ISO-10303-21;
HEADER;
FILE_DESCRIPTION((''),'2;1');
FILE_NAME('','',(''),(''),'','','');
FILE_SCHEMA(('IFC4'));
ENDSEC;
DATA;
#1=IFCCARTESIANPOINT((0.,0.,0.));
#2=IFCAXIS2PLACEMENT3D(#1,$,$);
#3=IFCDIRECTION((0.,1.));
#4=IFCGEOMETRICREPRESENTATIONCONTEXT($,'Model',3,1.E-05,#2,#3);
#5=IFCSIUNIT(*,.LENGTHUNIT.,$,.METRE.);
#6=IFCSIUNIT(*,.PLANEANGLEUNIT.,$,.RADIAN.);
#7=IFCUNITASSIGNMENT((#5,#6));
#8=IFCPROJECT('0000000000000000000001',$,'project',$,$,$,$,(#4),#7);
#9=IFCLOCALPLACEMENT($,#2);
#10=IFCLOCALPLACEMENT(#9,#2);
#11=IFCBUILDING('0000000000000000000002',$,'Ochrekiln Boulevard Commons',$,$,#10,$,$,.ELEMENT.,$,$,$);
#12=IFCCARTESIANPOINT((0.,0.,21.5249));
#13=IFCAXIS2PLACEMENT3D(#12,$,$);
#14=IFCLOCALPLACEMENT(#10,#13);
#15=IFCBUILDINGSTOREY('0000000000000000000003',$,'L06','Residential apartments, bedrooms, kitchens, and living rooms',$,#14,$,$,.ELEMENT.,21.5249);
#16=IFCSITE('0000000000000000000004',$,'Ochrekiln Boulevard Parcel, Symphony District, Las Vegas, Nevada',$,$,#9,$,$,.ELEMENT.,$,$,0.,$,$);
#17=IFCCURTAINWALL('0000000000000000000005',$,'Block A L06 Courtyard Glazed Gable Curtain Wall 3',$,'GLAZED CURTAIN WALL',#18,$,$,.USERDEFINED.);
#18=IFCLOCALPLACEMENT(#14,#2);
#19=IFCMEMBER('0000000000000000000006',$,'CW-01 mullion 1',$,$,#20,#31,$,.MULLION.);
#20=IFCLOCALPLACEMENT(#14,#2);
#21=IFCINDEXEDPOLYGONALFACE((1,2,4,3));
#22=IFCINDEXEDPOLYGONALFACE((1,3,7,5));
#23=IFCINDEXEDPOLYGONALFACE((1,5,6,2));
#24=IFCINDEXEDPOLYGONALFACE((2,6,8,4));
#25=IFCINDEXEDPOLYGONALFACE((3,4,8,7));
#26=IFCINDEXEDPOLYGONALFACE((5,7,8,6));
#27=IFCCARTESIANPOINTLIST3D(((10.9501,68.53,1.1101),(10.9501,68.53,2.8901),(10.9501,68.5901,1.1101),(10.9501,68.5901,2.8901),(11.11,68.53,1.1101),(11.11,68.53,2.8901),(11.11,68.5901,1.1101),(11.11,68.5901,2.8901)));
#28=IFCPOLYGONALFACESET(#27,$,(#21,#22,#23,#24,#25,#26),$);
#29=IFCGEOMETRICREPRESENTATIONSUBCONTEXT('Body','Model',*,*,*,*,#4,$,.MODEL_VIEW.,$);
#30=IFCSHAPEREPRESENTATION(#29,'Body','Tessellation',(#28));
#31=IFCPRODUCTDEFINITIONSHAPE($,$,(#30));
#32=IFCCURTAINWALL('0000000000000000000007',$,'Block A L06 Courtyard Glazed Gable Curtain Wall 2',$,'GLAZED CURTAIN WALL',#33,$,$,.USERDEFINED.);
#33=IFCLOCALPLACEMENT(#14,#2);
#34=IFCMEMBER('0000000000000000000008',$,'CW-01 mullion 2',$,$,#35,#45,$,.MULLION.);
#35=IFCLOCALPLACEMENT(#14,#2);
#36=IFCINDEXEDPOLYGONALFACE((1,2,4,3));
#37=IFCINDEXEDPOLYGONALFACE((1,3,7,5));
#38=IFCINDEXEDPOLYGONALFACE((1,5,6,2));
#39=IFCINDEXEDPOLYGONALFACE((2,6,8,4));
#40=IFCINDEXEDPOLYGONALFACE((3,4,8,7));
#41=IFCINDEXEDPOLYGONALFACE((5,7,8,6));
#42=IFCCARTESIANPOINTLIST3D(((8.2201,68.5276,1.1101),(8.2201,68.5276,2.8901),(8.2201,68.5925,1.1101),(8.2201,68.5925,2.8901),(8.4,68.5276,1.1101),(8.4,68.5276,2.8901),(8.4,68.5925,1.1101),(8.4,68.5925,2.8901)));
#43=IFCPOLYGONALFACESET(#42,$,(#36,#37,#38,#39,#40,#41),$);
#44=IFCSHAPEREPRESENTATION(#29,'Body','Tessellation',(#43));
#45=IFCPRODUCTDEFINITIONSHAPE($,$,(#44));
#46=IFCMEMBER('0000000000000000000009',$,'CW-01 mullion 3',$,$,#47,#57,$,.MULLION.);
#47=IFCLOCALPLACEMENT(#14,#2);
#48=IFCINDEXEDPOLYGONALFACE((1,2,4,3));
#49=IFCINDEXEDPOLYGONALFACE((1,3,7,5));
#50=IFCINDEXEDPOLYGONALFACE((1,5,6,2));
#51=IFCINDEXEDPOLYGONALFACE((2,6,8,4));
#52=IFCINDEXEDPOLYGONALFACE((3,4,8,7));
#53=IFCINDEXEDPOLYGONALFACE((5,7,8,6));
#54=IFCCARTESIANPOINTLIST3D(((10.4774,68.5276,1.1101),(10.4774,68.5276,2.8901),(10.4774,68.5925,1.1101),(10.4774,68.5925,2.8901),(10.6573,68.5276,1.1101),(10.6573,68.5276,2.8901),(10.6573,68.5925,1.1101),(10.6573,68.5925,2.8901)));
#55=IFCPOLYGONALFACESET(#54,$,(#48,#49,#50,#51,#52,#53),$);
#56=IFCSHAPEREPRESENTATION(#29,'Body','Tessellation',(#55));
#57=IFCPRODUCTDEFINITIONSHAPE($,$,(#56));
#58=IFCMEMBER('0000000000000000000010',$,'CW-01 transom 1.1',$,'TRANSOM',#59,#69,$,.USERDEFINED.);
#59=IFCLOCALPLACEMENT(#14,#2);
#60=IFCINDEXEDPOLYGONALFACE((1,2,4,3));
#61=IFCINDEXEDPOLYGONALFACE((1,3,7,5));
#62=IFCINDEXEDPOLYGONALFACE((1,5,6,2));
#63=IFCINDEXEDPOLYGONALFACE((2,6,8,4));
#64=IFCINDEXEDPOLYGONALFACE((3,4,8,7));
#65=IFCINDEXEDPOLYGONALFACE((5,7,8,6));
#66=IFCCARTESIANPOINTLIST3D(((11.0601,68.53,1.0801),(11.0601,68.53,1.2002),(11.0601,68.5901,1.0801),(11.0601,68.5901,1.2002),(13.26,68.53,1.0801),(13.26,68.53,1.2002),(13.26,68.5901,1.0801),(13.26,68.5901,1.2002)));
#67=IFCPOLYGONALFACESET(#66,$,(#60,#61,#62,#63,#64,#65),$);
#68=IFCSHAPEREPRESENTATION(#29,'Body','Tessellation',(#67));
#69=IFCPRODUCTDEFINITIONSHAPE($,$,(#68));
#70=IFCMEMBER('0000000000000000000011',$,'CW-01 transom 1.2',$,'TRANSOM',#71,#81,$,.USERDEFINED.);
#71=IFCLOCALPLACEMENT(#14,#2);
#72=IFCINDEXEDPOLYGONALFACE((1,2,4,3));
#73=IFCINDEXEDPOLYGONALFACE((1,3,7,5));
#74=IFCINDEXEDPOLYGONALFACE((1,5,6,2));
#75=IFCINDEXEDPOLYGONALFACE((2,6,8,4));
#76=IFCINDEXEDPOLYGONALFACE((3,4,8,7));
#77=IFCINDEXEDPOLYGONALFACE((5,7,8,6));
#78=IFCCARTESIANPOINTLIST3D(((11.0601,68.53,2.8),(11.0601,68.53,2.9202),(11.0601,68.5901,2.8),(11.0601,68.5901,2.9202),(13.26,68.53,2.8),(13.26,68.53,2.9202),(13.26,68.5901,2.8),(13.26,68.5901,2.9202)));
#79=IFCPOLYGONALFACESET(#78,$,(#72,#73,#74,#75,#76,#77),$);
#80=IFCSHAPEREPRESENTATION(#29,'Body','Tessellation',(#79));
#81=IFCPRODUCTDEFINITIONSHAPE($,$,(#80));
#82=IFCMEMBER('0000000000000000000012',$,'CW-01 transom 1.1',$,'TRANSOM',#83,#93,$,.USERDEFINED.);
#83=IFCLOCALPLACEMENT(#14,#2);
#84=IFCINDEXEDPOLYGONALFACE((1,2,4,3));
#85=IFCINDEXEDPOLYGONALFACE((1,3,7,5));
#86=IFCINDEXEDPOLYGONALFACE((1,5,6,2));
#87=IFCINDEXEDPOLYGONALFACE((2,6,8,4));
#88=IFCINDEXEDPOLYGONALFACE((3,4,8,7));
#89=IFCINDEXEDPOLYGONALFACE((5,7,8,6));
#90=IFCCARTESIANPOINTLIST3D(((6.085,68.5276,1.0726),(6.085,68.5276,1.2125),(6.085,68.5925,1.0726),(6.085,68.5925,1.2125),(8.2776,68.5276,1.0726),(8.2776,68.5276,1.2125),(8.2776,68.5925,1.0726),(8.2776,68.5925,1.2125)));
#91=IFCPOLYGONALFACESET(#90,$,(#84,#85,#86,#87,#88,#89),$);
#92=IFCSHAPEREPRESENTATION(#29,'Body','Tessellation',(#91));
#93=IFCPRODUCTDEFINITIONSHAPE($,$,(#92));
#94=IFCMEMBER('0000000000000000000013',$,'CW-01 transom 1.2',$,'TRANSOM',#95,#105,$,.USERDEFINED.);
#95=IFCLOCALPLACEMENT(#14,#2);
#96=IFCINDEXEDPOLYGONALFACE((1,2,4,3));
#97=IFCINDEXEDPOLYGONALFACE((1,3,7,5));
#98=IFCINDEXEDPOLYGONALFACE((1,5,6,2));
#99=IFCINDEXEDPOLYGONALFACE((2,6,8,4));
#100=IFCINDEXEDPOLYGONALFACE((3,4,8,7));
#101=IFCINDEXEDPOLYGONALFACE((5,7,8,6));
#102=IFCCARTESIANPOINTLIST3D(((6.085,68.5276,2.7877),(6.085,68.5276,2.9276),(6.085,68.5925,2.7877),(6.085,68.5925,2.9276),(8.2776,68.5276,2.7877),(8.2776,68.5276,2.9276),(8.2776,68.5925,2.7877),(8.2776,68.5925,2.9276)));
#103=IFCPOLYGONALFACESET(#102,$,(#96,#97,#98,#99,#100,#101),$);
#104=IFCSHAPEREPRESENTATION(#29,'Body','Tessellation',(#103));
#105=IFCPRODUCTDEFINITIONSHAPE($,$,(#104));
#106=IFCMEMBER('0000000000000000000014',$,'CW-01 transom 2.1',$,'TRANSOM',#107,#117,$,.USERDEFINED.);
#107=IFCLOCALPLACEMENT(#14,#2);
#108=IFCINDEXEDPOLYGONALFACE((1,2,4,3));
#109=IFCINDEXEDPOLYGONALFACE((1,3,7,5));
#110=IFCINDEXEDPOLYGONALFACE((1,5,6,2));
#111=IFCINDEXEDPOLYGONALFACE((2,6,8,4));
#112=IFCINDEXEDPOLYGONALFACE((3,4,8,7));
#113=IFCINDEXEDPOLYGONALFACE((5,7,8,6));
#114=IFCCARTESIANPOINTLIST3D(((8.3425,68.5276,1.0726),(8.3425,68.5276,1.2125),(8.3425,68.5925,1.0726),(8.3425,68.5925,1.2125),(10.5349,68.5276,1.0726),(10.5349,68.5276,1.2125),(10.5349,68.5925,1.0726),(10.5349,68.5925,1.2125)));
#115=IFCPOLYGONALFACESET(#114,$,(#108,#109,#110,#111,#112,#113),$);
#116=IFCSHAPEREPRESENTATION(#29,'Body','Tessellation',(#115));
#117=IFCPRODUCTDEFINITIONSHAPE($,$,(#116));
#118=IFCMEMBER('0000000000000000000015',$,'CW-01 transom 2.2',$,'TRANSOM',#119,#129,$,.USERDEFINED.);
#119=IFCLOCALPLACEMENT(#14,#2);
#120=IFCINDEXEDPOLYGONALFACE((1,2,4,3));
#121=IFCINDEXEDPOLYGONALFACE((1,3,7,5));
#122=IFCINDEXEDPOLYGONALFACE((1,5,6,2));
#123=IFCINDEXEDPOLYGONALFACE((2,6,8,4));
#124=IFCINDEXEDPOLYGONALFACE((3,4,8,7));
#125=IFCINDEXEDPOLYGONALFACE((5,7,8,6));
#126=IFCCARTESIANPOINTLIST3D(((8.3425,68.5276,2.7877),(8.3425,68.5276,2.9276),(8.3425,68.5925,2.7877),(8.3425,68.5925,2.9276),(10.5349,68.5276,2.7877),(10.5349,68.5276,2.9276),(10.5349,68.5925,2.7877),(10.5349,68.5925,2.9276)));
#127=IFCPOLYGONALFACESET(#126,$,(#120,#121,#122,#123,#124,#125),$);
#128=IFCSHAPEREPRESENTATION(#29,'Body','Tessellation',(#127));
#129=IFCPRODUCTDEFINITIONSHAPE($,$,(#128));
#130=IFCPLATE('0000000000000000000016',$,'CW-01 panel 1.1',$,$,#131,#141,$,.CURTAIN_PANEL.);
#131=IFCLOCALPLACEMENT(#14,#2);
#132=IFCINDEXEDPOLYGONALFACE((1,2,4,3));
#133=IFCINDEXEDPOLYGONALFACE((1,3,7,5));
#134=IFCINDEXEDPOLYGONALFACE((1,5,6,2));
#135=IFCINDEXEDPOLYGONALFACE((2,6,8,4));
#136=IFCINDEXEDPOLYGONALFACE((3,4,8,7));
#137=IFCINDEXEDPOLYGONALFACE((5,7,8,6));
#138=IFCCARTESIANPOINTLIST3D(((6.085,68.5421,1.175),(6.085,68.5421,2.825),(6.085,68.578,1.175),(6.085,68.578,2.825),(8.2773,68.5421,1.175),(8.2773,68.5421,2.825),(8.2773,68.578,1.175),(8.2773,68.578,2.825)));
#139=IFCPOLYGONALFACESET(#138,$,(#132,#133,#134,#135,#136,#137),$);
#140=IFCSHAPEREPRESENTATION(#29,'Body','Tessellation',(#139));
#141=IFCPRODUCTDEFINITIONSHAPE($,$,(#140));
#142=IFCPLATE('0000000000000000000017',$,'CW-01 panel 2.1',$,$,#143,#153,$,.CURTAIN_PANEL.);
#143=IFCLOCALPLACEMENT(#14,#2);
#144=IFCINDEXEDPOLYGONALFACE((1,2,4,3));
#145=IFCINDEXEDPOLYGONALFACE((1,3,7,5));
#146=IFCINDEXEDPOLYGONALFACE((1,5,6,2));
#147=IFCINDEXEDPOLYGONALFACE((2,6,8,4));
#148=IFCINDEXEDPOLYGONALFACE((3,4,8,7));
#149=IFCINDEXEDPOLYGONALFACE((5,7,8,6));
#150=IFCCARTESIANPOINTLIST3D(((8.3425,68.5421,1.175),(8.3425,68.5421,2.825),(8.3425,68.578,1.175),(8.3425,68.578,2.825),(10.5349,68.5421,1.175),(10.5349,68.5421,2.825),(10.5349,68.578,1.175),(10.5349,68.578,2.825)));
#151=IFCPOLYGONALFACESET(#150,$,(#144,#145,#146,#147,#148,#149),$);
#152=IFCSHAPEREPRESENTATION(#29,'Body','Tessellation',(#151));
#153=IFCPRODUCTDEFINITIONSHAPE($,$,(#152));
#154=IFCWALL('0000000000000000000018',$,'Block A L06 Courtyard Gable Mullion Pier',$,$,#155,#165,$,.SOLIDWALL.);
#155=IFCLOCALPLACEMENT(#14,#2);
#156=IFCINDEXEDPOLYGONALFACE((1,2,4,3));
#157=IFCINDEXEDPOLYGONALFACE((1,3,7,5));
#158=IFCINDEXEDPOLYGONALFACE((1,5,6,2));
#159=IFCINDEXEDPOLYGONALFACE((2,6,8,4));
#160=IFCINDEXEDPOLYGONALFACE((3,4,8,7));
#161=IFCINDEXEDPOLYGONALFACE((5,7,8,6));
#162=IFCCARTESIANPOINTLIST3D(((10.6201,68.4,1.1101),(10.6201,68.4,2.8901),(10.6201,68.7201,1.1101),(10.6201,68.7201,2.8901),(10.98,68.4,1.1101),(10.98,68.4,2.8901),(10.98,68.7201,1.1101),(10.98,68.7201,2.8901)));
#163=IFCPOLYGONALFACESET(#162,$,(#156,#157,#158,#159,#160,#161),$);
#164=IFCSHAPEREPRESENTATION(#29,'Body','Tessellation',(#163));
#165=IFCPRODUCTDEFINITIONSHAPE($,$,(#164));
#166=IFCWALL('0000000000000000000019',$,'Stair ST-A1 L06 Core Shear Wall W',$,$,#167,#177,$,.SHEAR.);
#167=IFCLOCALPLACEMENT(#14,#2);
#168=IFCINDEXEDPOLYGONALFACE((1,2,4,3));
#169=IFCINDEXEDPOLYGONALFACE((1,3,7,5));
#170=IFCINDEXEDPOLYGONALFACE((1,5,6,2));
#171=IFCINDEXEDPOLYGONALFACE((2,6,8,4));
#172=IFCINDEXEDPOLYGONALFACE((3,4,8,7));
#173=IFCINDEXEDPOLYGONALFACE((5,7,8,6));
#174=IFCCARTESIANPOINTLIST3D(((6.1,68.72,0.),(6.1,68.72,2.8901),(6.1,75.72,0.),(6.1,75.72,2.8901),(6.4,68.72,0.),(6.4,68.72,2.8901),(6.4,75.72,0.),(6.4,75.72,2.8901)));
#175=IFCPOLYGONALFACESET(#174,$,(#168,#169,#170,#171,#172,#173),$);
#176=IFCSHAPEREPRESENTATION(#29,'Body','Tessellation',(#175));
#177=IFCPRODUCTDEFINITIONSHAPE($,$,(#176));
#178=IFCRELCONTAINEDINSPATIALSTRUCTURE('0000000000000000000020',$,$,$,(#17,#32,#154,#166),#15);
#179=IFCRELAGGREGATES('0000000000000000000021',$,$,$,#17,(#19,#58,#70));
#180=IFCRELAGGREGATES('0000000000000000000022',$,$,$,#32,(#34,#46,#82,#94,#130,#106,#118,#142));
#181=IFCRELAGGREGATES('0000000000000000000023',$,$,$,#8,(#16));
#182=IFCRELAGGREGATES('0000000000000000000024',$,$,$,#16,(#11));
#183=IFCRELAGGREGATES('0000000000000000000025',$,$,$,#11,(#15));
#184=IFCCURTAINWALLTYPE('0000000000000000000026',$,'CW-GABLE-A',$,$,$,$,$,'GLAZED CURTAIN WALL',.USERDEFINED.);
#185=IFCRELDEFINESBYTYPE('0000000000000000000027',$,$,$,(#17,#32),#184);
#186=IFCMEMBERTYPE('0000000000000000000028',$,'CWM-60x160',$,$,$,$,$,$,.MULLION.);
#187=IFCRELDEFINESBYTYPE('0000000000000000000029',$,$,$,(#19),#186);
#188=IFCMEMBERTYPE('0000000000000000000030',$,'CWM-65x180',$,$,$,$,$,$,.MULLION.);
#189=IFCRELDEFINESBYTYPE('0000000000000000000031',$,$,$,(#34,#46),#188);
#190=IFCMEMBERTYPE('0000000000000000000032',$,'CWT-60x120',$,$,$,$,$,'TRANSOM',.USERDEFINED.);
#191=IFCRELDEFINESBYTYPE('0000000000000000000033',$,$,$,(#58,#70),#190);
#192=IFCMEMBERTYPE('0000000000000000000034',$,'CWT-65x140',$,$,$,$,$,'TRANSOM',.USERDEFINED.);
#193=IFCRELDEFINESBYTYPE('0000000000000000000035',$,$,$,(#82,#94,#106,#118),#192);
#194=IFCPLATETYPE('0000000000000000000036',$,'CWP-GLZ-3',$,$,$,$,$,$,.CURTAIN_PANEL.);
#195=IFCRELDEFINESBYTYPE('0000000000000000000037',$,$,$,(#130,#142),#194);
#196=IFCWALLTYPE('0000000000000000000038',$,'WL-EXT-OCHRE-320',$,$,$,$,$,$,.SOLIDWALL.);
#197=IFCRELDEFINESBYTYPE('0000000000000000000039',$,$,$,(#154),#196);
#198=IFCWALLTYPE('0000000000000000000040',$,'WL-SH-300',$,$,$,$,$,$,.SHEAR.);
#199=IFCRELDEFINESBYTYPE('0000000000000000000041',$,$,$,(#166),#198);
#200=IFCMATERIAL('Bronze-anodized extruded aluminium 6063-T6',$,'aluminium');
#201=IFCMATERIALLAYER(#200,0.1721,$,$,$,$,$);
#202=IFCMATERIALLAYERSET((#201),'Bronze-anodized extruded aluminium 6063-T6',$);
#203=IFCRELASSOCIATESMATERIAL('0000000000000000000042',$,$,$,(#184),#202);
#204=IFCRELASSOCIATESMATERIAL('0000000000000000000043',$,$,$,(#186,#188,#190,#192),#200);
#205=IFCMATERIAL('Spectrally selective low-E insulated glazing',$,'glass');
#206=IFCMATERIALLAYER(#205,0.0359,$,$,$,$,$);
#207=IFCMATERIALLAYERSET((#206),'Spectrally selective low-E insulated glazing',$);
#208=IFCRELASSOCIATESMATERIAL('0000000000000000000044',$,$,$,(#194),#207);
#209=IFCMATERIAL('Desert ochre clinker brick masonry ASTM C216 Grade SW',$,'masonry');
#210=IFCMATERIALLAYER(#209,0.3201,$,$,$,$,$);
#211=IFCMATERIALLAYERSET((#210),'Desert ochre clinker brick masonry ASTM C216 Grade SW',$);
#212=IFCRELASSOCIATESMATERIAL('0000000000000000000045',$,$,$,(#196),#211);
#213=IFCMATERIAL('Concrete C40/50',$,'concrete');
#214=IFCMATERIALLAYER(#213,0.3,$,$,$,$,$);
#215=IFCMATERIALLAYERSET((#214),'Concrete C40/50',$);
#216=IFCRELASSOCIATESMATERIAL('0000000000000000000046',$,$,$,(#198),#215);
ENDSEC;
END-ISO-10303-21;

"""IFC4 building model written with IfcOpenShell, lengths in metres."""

from ifc_helpers import new_model, si_unit, direction, frame, frame_2d, origin, origin_2d, place, context, subcontext, project, spatial, rectangle, extrude, material, layer, layer_set, material_profile, profile_set, type_object, element, aggregate, save


model = new_model("IFC4")

# Units and contexts
model_context = context("Model", 3, precision=1e-05, world=origin(), true_north=direction((0.0, 1.0)))
body_context = subcontext(model_context, "Body", "Model", "MODEL_VIEW")
ifc_project = project(units=[si_unit("LENGTHUNIT", "METRE"), si_unit("PLANEANGLEUNIT", "RADIAN")], contexts=[model_context])

# Site, building, storey
site_placement = place(None, origin())
site = spatial("IfcSite", under=ifc_project, at=site_placement, Name="Ochrekiln Boulevard Parcel, Symphony District, Las Vegas, Nevada", CompositionType="ELEMENT", RefElevation=0.0)
building_placement = place(site_placement, origin())
building = spatial("IfcBuilding", under=site, at=building_placement, Name="Ochrekiln Boulevard Commons", CompositionType="ELEMENT")
storey_placement = place(building_placement, frame((0.0, 0.0, 21.5249)))
storey = spatial("IfcBuildingStorey", under=building, at=storey_placement, Name="L06", Description="Residential apartments, bedrooms, kitchens, and living rooms", CompositionType="ELEMENT", Elevation=21.5249)

# Curtain wall, member
ifc_material_1 = material(Name="Bronze-anodized extruded aluminium 6063-T6", Category="aluminium")
ifc_layer_1 = layer(ifc_material_1, 0.1721)
ifc_layer_set_1 = layer_set([ifc_layer_1], Name="Bronze-anodized extruded aluminium 6063-T6")
curtain_wall_type = type_object("IfcCurtainWallType", Name="CW-GABLE-A", ElementType="GLAZED CURTAIN WALL", PredefinedType="USERDEFINED", material=ifc_layer_set_1)
curtain_wall_1_placement = place(storey_placement, origin())
curtain_wall_1 = element("IfcCurtainWall", 1, at=curtain_wall_1_placement, inside=storey, type_object=curtain_wall_type, Name="Block A L06 Courtyard Glazed Gable Curtain Wall 3", ObjectType="GLAZED CURTAIN WALL", PredefinedType="USERDEFINED")
ifc_material_profile_1 = material_profile(ifc_material_1, rectangle(XDim=0.0601, YDim=0.1599, at=origin_2d()), Name="ALU-MUL-60x160")
ifc_profile_set_1 = profile_set([ifc_material_profile_1], Name="Bronze-anodized extruded aluminium 6063-T6")
member_type_1 = type_object("IfcMemberType", Name="CWM-60x160", PredefinedType="MULLION", material=ifc_profile_set_1)
member_1_placement = place(storey_placement, frame((11.03, 68.5601, 1.1101), z_axis=(0.0, 0.0, 1.0), x_axis=(0.0, 1.0, 0.0)))
member_1 = element("IfcMember", 2, at=member_1_placement, type_object=member_type_1, Name="CW-01 mullion 1", PredefinedType="MULLION", context=body_context, shape_type="SweptSolid", body=[
    extrude(rectangle(XDim=0.0601, YDim=0.1599, at=origin_2d()), origin(), (0.0, 0.0, 1.0), 1.78),
])

# Curtain wall, members
curtain_wall_2_placement = place(storey_placement, origin())
curtain_wall_2 = element("IfcCurtainWall", 3, at=curtain_wall_2_placement, inside=storey, type_object=curtain_wall_type, Name="Block A L06 Courtyard Glazed Gable Curtain Wall 2", ObjectType="GLAZED CURTAIN WALL", PredefinedType="USERDEFINED")
ifc_material_profile_2 = material_profile(ifc_material_1, rectangle(XDim=0.0649, YDim=0.1799, at=origin_2d()), Name="ALU-MUL-65x180")
ifc_profile_set_2 = profile_set([ifc_material_profile_2], Name="Bronze-anodized extruded aluminium 6063-T6")
member_type_2 = type_object("IfcMemberType", Name="CWM-65x180", PredefinedType="MULLION", material=ifc_profile_set_2)
member_2_placement = place(storey_placement, frame((8.3101, 68.5601, 1.1101), z_axis=(0.0, 0.0, 1.0), x_axis=(0.0, 1.0, 0.0)))
member_2 = element("IfcMember", 4, at=member_2_placement, type_object=member_type_2, Name="CW-01 mullion 2", PredefinedType="MULLION", context=body_context, shape_type="SweptSolid", body=[
    extrude(rectangle(XDim=0.0649, YDim=0.1799, at=origin_2d()), origin(), (0.0, 0.0, 1.0), 1.78),
])
member_3_placement = place(storey_placement, frame((10.5674, 68.5601, 1.1101), z_axis=(0.0, 0.0, 1.0), x_axis=(0.0, 1.0, 0.0)))
member_3 = element("IfcMember", 5, at=member_3_placement, type_object=member_type_2, Name="CW-01 mullion 3", PredefinedType="MULLION", context=body_context, shape_type="SweptSolid", body=[
    extrude(rectangle(XDim=0.0649, YDim=0.1799, at=origin_2d()), origin(), (0.0, 0.0, 1.0), 1.78),
])

# Members
ifc_material_profile_3 = material_profile(ifc_material_1, rectangle(XDim=0.0601, YDim=0.1201, at=origin_2d()), Name="ALU-TRN-60x120")
ifc_profile_set_3 = profile_set([ifc_material_profile_3], Name="Bronze-anodized extruded aluminium 6063-T6")
member_type_3 = type_object("IfcMemberType", Name="CWT-60x120", ElementType="TRANSOM", PredefinedType="USERDEFINED", material=ifc_profile_set_3)
member_4_placement = place(storey_placement, frame((11.0601, 68.5601, 1.1401), z_axis=(1.0, 0.0, 0.0), x_axis=(0.0, 1.0, 0.0)))
member_4 = element("IfcMember", 6, at=member_4_placement, type_object=member_type_3, Name="CW-01 transom 1.1", ObjectType="TRANSOM", PredefinedType="USERDEFINED", context=body_context, shape_type="SweptSolid", body=[
    extrude(rectangle(XDim=0.0601, YDim=0.1201, at=origin_2d()), origin(), (0.0, 0.0, 1.0), 2.2),
])
member_5_placement = place(storey_placement, frame((11.0601, 68.5601, 2.8601), z_axis=(1.0, 0.0, 0.0), x_axis=(0.0, 1.0, 0.0)))
member_5 = element("IfcMember", 7, at=member_5_placement, type_object=member_type_3, Name="CW-01 transom 1.2", ObjectType="TRANSOM", PredefinedType="USERDEFINED", context=body_context, shape_type="SweptSolid", body=[
    extrude(rectangle(XDim=0.0601, YDim=0.1201, at=origin_2d()), origin(), (0.0, 0.0, 1.0), 2.2),
])
aggregate(curtain_wall_1, [member_1, member_4, member_5])
ifc_material_profile_4 = material_profile(ifc_material_1, rectangle(XDim=0.0649, YDim=0.1399, at=origin_2d()), Name="ALU-TRN-65x140")
ifc_profile_set_4 = profile_set([ifc_material_profile_4], Name="Bronze-anodized extruded aluminium 6063-T6")
member_type_4 = type_object("IfcMemberType", Name="CWT-65x140", ElementType="TRANSOM", PredefinedType="USERDEFINED", material=ifc_profile_set_4)
member_6_placement = place(storey_placement, frame((6.085, 68.5601, 1.1426), z_axis=(1.0, 0.0, 0.0), x_axis=(0.0, 1.0, 0.0)))
member_6 = element("IfcMember", 8, at=member_6_placement, type_object=member_type_4, Name="CW-01 transom 1.1", ObjectType="TRANSOM", PredefinedType="USERDEFINED", context=body_context, shape_type="SweptSolid", body=[
    extrude(rectangle(XDim=0.0649, YDim=0.1399, at=origin_2d()), origin(), (0.0, 0.0, 1.0), 2.1926),
])
member_7_placement = place(storey_placement, frame((6.085, 68.5601, 2.8577), z_axis=(1.0, 0.0, 0.0), x_axis=(0.0, 1.0, 0.0)))
member_7 = element("IfcMember", 9, at=member_7_placement, type_object=member_type_4, Name="CW-01 transom 1.2", ObjectType="TRANSOM", PredefinedType="USERDEFINED", context=body_context, shape_type="SweptSolid", body=[
    extrude(rectangle(XDim=0.0649, YDim=0.1399, at=origin_2d()), origin(), (0.0, 0.0, 1.0), 2.1926),
])
member_8_placement = place(storey_placement, frame((8.3425, 68.5601, 1.1426), z_axis=(1.0, 0.0, 0.0), x_axis=(0.0, 1.0, 0.0)))
member_8 = element("IfcMember", 10, at=member_8_placement, type_object=member_type_4, Name="CW-01 transom 2.1", ObjectType="TRANSOM", PredefinedType="USERDEFINED", context=body_context, shape_type="SweptSolid", body=[
    extrude(rectangle(XDim=0.0649, YDim=0.1399, at=origin_2d()), origin(), (0.0, 0.0, 1.0), 2.1924),
])
member_9_placement = place(storey_placement, frame((8.3425, 68.5601, 2.8577), z_axis=(1.0, 0.0, 0.0), x_axis=(0.0, 1.0, 0.0)))
member_9 = element("IfcMember", 11, at=member_9_placement, type_object=member_type_4, Name="CW-01 transom 2.2", ObjectType="TRANSOM", PredefinedType="USERDEFINED", context=body_context, shape_type="SweptSolid", body=[
    extrude(rectangle(XDim=0.0649, YDim=0.1399, at=origin_2d()), origin(), (0.0, 0.0, 1.0), 2.1924),
])

# Plates
ifc_material_2 = material(Name="Spectrally selective low-E insulated glazing", Category="glass")
ifc_layer_2 = layer(ifc_material_2, 0.0359)
ifc_layer_set_2 = layer_set([ifc_layer_2], Name="Spectrally selective low-E insulated glazing")
plate_type = type_object("IfcPlateType", Name="CWP-GLZ-3", PredefinedType="CURTAIN_PANEL", material=ifc_layer_set_2)
plate_1_placement = place(storey_placement, frame((7.1812, 68.5601, 1.175), z_axis=(0.0, 0.0, 1.0), x_axis=(1.0, 0.0, 0.0)))
plate_1 = element("IfcPlate", 12, at=plate_1_placement, type_object=plate_type, Name="CW-01 panel 1.1", PredefinedType="CURTAIN_PANEL", context=body_context, shape_type="SweptSolid", body=[
    extrude(rectangle(XDim=2.1924, YDim=0.0359, at=origin_2d()), origin(), (0.0, 0.0, 1.0), 1.6499),
])
plate_2_placement = place(storey_placement, frame((9.4387, 68.5601, 1.175), z_axis=(0.0, 0.0, 1.0), x_axis=(1.0, 0.0, 0.0)))
plate_2 = element("IfcPlate", 13, at=plate_2_placement, type_object=plate_type, Name="CW-01 panel 2.1", PredefinedType="CURTAIN_PANEL", context=body_context, shape_type="SweptSolid", body=[
    extrude(rectangle(XDim=2.1924, YDim=0.0359, at=origin_2d()), origin(), (0.0, 0.0, 1.0), 1.6499),
])
aggregate(curtain_wall_2, [member_2, member_3, member_6, member_7, plate_1, member_8, member_9, plate_2])

# Walls
ifc_material_3 = material(Name="Desert ochre clinker brick masonry ASTM C216 Grade SW", Category="masonry")
ifc_layer_3 = layer(ifc_material_3, 0.3201)
ifc_layer_set_3 = layer_set([ifc_layer_3], Name="Desert ochre clinker brick masonry ASTM C216 Grade SW")
wall_type_1 = type_object("IfcWallType", Name="WL-EXT-OCHRE-320", PredefinedType="SOLIDWALL", material=ifc_layer_set_3)
wall_1_placement = place(storey_placement, frame((10.6201, 68.5601, 1.1101), z_axis=(0.0, 0.0, 1.0), x_axis=(1.0, 0.0, 0.0)))
element("IfcWall", 14, at=wall_1_placement, inside=storey, type_object=wall_type_1, Name="Block A L06 Courtyard Gable Mullion Pier", PredefinedType="SOLIDWALL", context=body_context, shape_type="SweptSolid", body=[
    extrude(rectangle(XDim=0.3599, YDim=0.3201, at=frame_2d((0.1799, 0.0))), origin(), (0.0, 0.0, 1.0), 1.78),
])
ifc_material_4 = material(Name="Concrete C40/50", Category="concrete")
ifc_layer_4 = layer(ifc_material_4, 0.3)
ifc_layer_set_4 = layer_set([ifc_layer_4], Name="Concrete C40/50")
wall_type_2 = type_object("IfcWallType", Name="WL-SH-300", PredefinedType="SHEAR", material=ifc_layer_set_4)
wall_2_placement = place(storey_placement, frame((6.25, 68.72, 0.0), z_axis=(0.0, 0.0, 1.0), x_axis=(0.0, 1.0, 0.0)))
element("IfcWall", 15, at=wall_2_placement, inside=storey, type_object=wall_type_2, Name="Stair ST-A1 L06 Core Shear Wall W", PredefinedType="SHEAR", context=body_context, shape_type="SweptSolid", body=[
    extrude(rectangle(XDim=7.0, YDim=0.3, at=frame_2d((3.5, 0.0))), origin(), (0.0, 0.0, 1.0), 2.8901),
])

save(model, "model.ifc")
